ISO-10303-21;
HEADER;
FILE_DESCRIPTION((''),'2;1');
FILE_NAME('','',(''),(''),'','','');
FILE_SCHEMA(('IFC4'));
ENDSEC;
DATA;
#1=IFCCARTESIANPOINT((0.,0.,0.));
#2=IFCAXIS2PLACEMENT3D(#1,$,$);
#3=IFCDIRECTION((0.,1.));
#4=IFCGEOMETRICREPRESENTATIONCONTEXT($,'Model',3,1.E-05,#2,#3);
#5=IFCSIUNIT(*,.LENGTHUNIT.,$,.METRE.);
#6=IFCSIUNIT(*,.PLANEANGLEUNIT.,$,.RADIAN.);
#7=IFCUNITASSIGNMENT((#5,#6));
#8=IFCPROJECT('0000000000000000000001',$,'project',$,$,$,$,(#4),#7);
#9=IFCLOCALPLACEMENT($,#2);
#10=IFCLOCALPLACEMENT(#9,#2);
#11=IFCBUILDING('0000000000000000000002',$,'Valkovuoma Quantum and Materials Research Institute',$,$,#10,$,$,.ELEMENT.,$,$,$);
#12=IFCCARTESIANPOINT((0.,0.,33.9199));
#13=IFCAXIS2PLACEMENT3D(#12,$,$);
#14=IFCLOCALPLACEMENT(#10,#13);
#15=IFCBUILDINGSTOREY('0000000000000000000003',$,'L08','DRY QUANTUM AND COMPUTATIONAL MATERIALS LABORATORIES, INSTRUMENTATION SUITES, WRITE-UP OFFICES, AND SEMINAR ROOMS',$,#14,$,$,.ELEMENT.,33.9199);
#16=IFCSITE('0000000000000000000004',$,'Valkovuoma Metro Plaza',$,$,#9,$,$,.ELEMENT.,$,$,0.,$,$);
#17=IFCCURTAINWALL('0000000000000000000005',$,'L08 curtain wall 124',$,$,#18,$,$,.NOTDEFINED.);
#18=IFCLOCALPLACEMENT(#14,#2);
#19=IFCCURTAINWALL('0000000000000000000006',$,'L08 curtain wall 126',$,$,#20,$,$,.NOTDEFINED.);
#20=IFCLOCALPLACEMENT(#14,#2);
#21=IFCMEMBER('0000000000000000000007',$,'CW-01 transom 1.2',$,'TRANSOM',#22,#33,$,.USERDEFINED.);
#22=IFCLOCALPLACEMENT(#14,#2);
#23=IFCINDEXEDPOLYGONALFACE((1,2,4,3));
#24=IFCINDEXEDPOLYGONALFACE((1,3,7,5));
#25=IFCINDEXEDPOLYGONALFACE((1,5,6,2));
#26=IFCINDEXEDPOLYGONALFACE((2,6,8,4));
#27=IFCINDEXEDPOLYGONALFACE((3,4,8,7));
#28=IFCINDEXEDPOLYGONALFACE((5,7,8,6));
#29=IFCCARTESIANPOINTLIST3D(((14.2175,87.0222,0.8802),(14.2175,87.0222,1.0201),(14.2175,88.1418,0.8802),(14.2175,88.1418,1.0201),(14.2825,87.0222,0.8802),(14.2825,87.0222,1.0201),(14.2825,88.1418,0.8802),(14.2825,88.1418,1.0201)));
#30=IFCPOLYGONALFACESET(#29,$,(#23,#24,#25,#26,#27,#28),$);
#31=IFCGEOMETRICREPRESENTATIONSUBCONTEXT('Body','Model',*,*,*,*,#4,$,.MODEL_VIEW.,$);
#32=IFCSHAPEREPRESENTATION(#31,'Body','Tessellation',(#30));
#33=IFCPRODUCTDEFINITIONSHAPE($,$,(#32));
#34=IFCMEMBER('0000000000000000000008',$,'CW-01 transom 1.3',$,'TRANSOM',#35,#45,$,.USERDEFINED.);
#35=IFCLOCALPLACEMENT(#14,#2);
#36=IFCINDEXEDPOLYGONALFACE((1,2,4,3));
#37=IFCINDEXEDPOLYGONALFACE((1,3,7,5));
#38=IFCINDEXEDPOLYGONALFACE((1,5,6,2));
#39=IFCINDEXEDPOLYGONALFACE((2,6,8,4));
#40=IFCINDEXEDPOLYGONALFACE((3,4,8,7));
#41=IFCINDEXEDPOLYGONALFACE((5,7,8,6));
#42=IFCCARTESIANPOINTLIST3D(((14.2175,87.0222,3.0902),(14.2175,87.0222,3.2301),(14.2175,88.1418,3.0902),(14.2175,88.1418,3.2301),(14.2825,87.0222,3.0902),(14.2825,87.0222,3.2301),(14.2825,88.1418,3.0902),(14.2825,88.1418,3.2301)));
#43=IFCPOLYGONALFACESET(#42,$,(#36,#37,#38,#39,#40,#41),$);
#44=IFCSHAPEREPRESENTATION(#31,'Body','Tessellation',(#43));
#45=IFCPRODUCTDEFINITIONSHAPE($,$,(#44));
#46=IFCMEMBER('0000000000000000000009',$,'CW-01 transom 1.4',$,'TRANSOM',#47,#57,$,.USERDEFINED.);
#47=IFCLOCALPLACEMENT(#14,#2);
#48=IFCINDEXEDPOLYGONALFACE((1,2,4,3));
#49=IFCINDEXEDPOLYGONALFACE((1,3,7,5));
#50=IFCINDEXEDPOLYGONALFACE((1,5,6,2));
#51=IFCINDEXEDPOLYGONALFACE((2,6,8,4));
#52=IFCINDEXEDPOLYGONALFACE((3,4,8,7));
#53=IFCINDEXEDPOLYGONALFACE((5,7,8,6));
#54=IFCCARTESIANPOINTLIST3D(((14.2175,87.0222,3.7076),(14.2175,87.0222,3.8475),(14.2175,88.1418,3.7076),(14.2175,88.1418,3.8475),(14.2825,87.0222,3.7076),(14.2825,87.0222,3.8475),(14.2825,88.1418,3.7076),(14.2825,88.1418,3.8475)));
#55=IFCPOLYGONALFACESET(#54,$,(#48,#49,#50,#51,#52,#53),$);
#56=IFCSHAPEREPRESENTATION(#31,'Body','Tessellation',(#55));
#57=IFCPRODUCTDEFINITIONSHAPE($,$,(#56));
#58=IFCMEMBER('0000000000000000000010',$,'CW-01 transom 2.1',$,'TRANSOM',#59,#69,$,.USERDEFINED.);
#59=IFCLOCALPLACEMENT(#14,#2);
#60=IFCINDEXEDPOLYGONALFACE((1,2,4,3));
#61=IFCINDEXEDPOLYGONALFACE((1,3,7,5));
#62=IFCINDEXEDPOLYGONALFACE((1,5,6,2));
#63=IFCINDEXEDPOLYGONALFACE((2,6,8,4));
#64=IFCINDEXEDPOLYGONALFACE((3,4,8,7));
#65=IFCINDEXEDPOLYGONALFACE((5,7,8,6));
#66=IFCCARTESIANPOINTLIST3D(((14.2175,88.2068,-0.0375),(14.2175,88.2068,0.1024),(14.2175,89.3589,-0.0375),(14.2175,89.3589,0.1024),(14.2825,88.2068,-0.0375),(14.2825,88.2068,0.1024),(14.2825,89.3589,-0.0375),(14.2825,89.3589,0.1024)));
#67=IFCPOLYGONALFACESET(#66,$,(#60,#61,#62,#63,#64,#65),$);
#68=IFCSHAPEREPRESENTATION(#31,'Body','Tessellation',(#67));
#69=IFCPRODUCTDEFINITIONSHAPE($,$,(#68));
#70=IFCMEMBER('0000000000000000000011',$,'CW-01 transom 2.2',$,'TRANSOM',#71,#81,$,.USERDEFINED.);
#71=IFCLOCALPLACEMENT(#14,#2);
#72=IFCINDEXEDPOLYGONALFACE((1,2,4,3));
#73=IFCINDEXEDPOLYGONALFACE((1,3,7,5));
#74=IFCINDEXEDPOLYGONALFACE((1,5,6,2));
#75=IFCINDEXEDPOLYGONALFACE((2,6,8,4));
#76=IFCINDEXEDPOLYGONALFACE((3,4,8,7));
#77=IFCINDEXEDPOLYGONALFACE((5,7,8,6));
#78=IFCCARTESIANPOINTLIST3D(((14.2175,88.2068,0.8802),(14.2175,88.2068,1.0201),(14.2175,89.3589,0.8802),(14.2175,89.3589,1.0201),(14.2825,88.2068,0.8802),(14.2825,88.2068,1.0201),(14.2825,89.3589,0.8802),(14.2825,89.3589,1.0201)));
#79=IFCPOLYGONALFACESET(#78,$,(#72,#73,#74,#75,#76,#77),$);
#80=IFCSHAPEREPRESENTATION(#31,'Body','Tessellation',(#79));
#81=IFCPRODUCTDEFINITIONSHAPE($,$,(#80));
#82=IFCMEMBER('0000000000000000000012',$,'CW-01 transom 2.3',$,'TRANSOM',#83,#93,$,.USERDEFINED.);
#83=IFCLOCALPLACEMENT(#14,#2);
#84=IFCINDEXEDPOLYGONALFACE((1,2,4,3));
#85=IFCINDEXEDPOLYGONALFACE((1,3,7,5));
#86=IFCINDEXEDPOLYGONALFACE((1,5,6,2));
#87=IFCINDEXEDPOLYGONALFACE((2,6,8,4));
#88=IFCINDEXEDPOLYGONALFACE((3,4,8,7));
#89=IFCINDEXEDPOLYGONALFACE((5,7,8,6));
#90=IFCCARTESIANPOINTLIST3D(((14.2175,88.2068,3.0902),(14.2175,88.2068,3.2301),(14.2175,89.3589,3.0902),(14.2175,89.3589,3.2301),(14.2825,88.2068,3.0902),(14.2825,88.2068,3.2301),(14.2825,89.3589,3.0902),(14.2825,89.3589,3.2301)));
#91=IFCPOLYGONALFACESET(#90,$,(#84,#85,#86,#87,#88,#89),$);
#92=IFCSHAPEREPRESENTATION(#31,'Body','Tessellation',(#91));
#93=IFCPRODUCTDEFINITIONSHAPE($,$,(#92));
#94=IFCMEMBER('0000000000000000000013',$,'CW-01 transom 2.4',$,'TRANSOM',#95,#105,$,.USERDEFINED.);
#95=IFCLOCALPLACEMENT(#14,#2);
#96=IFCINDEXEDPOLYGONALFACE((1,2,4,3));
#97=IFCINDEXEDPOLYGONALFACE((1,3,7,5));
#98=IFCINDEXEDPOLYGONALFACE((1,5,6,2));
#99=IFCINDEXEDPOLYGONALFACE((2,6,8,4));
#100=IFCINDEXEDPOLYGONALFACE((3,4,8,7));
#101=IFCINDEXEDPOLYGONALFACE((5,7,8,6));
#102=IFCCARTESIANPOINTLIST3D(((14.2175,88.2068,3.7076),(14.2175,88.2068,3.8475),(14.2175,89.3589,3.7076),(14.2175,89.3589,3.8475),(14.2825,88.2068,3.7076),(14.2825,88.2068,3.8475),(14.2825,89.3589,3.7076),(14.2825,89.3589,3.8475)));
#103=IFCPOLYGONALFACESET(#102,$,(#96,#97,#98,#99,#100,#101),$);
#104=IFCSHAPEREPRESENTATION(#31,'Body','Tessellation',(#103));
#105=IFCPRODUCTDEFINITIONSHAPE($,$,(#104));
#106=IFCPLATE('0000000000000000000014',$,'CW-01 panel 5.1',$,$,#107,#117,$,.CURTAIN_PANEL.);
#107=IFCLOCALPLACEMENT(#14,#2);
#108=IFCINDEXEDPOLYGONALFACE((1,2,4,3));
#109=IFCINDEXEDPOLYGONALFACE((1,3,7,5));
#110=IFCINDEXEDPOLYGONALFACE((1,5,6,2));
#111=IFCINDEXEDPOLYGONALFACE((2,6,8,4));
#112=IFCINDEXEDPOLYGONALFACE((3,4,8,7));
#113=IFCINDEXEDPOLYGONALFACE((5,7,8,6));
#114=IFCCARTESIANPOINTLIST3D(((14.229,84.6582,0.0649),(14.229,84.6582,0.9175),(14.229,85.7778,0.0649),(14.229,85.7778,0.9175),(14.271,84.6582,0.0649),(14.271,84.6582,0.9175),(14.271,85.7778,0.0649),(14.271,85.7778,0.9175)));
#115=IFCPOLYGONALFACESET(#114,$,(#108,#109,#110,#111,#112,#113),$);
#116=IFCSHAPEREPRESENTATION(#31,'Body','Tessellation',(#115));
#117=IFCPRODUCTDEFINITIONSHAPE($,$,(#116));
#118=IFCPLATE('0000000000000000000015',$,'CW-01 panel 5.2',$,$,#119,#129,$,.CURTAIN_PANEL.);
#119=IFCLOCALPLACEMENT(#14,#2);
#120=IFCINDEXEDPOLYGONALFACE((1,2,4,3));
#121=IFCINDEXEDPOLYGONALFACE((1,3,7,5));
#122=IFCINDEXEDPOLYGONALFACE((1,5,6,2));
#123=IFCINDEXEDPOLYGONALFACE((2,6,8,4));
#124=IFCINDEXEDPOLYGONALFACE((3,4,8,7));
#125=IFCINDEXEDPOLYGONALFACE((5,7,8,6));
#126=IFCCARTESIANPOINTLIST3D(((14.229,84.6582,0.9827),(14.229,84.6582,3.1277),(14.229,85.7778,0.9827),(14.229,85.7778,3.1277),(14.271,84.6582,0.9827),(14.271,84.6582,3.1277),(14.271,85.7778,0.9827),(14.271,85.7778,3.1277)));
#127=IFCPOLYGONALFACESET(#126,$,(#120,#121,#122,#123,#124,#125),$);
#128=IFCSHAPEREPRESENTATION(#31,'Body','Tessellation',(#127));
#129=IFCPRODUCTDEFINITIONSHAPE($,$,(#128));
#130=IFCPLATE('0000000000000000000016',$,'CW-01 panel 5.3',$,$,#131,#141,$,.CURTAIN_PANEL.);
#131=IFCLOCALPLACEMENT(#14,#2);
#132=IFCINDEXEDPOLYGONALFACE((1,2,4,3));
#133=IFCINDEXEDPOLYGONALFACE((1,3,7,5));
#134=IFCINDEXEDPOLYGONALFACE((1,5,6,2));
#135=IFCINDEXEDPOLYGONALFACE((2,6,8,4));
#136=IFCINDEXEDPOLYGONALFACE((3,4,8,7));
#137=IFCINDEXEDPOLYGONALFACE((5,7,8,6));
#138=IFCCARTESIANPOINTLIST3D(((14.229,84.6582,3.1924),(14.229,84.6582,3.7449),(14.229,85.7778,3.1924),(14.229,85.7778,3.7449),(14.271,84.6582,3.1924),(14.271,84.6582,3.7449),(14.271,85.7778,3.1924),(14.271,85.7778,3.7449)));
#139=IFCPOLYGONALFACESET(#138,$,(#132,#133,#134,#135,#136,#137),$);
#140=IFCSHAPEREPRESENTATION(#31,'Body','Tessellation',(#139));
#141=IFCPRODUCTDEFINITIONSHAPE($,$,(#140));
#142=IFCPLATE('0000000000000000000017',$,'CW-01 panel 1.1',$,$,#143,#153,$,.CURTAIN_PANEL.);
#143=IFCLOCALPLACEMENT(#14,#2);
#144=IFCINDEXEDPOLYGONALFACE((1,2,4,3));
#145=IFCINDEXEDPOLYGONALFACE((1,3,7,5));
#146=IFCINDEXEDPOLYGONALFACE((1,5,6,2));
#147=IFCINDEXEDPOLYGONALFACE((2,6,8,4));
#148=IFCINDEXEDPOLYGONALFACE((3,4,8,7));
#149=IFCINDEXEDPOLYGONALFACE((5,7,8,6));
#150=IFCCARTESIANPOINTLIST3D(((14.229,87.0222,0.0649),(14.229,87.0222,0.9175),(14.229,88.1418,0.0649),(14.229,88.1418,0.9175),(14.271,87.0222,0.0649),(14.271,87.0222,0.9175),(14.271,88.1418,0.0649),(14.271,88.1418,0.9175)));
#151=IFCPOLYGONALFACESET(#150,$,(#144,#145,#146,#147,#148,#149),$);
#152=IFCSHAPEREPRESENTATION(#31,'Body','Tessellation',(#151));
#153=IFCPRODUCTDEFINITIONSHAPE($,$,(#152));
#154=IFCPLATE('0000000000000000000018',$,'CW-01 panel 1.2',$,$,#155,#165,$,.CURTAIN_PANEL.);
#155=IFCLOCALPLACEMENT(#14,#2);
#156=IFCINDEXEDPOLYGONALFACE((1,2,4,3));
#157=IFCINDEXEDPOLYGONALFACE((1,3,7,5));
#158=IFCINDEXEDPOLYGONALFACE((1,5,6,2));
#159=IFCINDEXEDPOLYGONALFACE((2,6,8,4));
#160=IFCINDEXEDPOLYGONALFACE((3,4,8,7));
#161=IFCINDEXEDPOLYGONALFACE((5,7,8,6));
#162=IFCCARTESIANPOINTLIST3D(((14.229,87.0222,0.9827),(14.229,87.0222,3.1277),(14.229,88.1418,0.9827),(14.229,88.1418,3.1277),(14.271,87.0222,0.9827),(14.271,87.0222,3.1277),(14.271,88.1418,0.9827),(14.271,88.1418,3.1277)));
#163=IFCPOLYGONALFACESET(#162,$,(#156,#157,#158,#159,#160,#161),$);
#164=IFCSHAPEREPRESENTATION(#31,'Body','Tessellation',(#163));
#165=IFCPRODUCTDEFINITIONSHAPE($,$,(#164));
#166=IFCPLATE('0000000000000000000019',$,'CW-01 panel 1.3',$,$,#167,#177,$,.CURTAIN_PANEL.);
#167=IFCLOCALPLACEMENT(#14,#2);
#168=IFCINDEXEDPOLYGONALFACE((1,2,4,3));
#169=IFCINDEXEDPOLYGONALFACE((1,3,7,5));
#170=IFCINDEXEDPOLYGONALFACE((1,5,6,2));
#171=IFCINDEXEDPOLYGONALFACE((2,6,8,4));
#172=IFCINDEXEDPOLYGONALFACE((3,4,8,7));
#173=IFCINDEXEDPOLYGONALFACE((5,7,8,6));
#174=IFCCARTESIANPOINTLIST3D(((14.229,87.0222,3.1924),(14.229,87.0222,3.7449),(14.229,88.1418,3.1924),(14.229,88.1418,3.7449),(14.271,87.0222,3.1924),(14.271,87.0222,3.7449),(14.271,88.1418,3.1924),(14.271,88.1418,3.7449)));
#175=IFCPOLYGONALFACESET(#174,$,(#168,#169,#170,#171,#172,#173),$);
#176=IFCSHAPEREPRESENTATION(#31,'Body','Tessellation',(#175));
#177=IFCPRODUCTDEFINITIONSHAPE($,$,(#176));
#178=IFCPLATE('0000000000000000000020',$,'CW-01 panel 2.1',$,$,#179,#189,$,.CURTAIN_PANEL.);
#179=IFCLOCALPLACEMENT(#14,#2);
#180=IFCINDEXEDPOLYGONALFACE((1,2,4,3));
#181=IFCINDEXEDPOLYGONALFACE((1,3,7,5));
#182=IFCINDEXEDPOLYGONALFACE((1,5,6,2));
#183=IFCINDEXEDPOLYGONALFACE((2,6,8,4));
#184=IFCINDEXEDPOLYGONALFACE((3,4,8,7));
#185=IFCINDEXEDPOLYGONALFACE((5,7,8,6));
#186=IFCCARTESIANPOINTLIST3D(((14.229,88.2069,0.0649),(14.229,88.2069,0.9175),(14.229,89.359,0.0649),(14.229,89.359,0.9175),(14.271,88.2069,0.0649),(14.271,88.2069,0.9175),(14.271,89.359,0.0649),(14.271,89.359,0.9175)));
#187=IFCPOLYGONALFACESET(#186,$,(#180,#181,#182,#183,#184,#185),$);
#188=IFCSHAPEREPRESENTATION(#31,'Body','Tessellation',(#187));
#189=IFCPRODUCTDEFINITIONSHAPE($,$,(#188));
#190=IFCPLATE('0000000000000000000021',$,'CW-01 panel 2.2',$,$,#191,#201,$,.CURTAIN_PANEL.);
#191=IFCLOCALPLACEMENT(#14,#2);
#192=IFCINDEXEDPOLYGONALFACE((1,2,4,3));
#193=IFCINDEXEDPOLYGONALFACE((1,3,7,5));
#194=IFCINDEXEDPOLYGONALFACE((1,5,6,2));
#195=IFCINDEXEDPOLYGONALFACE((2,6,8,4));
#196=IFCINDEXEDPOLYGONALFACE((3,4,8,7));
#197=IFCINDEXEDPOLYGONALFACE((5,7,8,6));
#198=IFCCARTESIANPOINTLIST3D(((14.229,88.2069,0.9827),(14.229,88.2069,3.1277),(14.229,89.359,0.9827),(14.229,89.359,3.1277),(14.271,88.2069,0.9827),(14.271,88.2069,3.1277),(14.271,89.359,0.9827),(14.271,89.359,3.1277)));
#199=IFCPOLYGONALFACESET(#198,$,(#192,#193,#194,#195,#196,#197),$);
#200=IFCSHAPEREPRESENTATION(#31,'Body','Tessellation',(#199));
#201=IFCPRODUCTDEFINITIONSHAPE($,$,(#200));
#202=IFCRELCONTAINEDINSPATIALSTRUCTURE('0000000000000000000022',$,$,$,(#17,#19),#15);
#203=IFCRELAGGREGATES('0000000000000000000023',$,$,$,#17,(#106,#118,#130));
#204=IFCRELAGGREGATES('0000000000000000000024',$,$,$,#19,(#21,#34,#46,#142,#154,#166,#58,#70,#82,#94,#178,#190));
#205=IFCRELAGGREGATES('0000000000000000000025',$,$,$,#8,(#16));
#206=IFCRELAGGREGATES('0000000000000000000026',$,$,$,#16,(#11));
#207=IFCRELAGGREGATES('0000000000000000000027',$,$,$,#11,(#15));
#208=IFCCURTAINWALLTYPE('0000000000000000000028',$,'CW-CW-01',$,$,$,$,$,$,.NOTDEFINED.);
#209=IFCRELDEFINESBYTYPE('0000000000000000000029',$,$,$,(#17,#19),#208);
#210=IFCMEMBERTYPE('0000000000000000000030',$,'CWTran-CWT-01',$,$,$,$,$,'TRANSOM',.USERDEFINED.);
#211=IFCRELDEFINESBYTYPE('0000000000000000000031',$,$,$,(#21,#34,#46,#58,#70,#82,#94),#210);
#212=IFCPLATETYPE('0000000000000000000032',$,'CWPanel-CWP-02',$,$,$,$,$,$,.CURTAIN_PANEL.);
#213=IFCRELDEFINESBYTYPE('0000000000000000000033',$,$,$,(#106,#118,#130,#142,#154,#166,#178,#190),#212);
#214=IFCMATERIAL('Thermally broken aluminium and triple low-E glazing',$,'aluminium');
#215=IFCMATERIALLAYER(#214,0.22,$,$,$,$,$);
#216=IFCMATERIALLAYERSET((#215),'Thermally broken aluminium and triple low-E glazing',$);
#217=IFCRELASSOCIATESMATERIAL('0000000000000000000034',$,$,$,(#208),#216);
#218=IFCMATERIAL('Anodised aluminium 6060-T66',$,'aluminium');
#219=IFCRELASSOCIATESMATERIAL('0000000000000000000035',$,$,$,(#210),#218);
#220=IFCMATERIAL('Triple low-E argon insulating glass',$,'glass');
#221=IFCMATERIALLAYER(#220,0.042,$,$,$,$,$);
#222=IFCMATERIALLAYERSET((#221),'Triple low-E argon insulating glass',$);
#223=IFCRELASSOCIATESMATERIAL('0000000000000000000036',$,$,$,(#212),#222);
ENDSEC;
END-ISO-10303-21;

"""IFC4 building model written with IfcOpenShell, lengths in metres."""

from ifc_helpers import new_model, si_unit, direction, frame, origin, origin_2d, place, context, subcontext, project, spatial, rectangle, extrude, material, layer, layer_set, material_profile, profile_set, type_object, element, aggregate, save


model = new_model("IFC4")

# Units and contexts
model_context = context("Model", 3, precision=1e-05, world=origin(), true_north=direction((0.0, 1.0)))
body_context = subcontext(model_context, "Body", "Model", "MODEL_VIEW")
ifc_project = project(units=[si_unit("LENGTHUNIT", "METRE"), si_unit("PLANEANGLEUNIT", "RADIAN")], contexts=[model_context])

# Site, building, storey
site_placement = place(None, origin())
site = spatial("IfcSite", under=ifc_project, at=site_placement, Name="Valkovuoma Metro Plaza", CompositionType="ELEMENT", RefElevation=0.0)
building_placement = place(site_placement, origin())
building = spatial("IfcBuilding", under=site, at=building_placement, Name="Valkovuoma Quantum and Materials Research Institute", CompositionType="ELEMENT")
storey_placement = place(building_placement, frame((0.0, 0.0, 33.9199)))
storey = spatial("IfcBuildingStorey", under=building, at=storey_placement, Name="L08", Description="DRY QUANTUM AND COMPUTATIONAL MATERIALS LABORATORIES, INSTRUMENTATION SUITES, WRITE-UP OFFICES, AND SEMINAR ROOMS", CompositionType="ELEMENT", Elevation=33.9199)

# Curtain wall
ifc_material_1 = material(Name="Thermally broken aluminium and triple low-E glazing", Category="aluminium")
ifc_layer_1 = layer(ifc_material_1, 0.22)
ifc_layer_set_1 = layer_set([ifc_layer_1], Name="Thermally broken aluminium and triple low-E glazing")
curtain_wall_type = type_object("IfcCurtainWallType", Name="CW-CW-01", PredefinedType="NOTDEFINED", material=ifc_layer_set_1)
curtain_wall_1_placement = place(storey_placement, origin())
curtain_wall_1 = element("IfcCurtainWall", 1, at=curtain_wall_1_placement, inside=storey, type_object=curtain_wall_type, Name="L08 curtain wall 124", PredefinedType="NOTDEFINED")

# Curtain wall
curtain_wall_2_placement = place(storey_placement, origin())
curtain_wall_2 = element("IfcCurtainWall", 2, at=curtain_wall_2_placement, inside=storey, type_object=curtain_wall_type, Name="L08 curtain wall 126", PredefinedType="NOTDEFINED")

# Members
ifc_material_2 = material(Name="Anodised aluminium 6060-T66", Category="aluminium")
ifc_material_profile_1 = material_profile(ifc_material_2, rectangle(XDim=0.0649, YDim=0.1399, at=origin_2d()), Name="Anodised aluminium 6060-T66")
ifc_profile_set_1 = profile_set([ifc_material_profile_1], Name="Anodised aluminium 6060-T66")
member_type_1 = type_object("IfcMemberType", Name="CWTran-CWT-01", ElementType="TRANSOM", PredefinedType="USERDEFINED", material=ifc_profile_set_1)
member_1_placement = place(storey_placement, frame((14.25, 87.0222, 0.9502), z_axis=(0.0, 1.0, 0.0), x_axis=(-1.0, 0.0, 0.0)))
member_1 = element("IfcMember", 3, at=member_1_placement, type_object=member_type_1, Name="CW-01 transom 1.2", ObjectType="TRANSOM", PredefinedType="USERDEFINED", context=body_context, shape_type="SweptSolid", body=[
    extrude(rectangle(XDim=0.0649, YDim=0.1399, at=origin_2d()), origin(), (0.0, 0.0, 1.0), 1.1196),
])
member_2_placement = place(storey_placement, frame((14.25, 87.0222, 3.1602), z_axis=(0.0, 1.0, 0.0), x_axis=(-1.0, 0.0, 0.0)))
member_2 = element("IfcMember", 4, at=member_2_placement, type_object=member_type_1, Name="CW-01 transom 1.3", ObjectType="TRANSOM", PredefinedType="USERDEFINED", context=body_context, shape_type="SweptSolid", body=[
    extrude(rectangle(XDim=0.0649, YDim=0.1399, at=origin_2d()), origin(), (0.0, 0.0, 1.0), 1.1196),
])
member_3_placement = place(storey_placement, frame((14.25, 87.0222, 3.7776), z_axis=(0.0, 1.0, 0.0), x_axis=(-1.0, 0.0, 0.0)))
member_3 = element("IfcMember", 5, at=member_3_placement, type_object=member_type_1, Name="CW-01 transom 1.4", ObjectType="TRANSOM", PredefinedType="USERDEFINED", context=body_context, shape_type="SweptSolid", body=[
    extrude(rectangle(XDim=0.0649, YDim=0.1399, at=origin_2d()), origin(), (0.0, 0.0, 1.0), 1.1196),
])
member_4_placement = place(storey_placement, frame((14.25, 88.2068, 0.0325), z_axis=(0.0, 1.0, 0.0), x_axis=(-1.0, 0.0, 0.0)))
member_4 = element("IfcMember", 6, at=member_4_placement, type_object=member_type_1, Name="CW-01 transom 2.1", ObjectType="TRANSOM", PredefinedType="USERDEFINED", context=body_context, shape_type="SweptSolid", body=[
    extrude(rectangle(XDim=0.0649, YDim=0.1399, at=origin_2d()), origin(), (0.0, 0.0, 1.0), 1.1521),
])
member_5_placement = place(storey_placement, frame((14.25, 88.2068, 0.9502), z_axis=(0.0, 1.0, 0.0), x_axis=(-1.0, 0.0, 0.0)))
member_5 = element("IfcMember", 7, at=member_5_placement, type_object=member_type_1, Name="CW-01 transom 2.2", ObjectType="TRANSOM", PredefinedType="USERDEFINED", context=body_context, shape_type="SweptSolid", body=[
    extrude(rectangle(XDim=0.0649, YDim=0.1399, at=origin_2d()), origin(), (0.0, 0.0, 1.0), 1.1521),
])
member_6_placement = place(storey_placement, frame((14.25, 88.2068, 3.1602), z_axis=(0.0, 1.0, 0.0), x_axis=(-1.0, 0.0, 0.0)))
member_6 = element("IfcMember", 8, at=member_6_placement, type_object=member_type_1, Name="CW-01 transom 2.3", ObjectType="TRANSOM", PredefinedType="USERDEFINED", context=body_context, shape_type="SweptSolid", body=[
    extrude(rectangle(XDim=0.0649, YDim=0.1399, at=origin_2d()), origin(), (0.0, 0.0, 1.0), 1.1521),
])
member_7_placement = place(storey_placement, frame((14.25, 88.2068, 3.7776), z_axis=(0.0, 1.0, 0.0), x_axis=(-1.0, 0.0, 0.0)))
member_7 = element("IfcMember", 9, at=member_7_placement, type_object=member_type_1, Name="CW-01 transom 2.4", ObjectType="TRANSOM", PredefinedType="USERDEFINED", context=body_context, shape_type="SweptSolid", body=[
    extrude(rectangle(XDim=0.0649, YDim=0.1399, at=origin_2d()), origin(), (0.0, 0.0, 1.0), 1.1521),
])

# Plates
ifc_material_3 = material(Name="Triple low-E argon insulating glass", Category="glass")
ifc_layer_2 = layer(ifc_material_3, 0.042)
ifc_layer_set_2 = layer_set([ifc_layer_2], Name="Triple low-E argon insulating glass")
plate_type = type_object("IfcPlateType", Name="CWPanel-CWP-02", PredefinedType="CURTAIN_PANEL", material=ifc_layer_set_2)
plate_1_placement = place(storey_placement, frame((14.25, 85.218, 0.0649), z_axis=(0.0, 0.0, 1.0), x_axis=(0.0, 1.0, 0.0)))
plate_1 = element("IfcPlate", 10, at=plate_1_placement, type_object=plate_type, Name="CW-01 panel 5.1", PredefinedType="CURTAIN_PANEL", context=body_context, shape_type="SweptSolid", body=[
    extrude(rectangle(XDim=1.1196, YDim=0.042, at=origin_2d()), origin(), (0.0, 0.0, 1.0), 0.8525),
])
plate_2_placement = place(storey_placement, frame((14.25, 85.218, 0.9827), z_axis=(0.0, 0.0, 1.0), x_axis=(0.0, 1.0, 0.0)))
plate_2 = element("IfcPlate", 11, at=plate_2_placement, type_object=plate_type, Name="CW-01 panel 5.2", PredefinedType="CURTAIN_PANEL", context=body_context, shape_type="SweptSolid", body=[
    extrude(rectangle(XDim=1.1196, YDim=0.042, at=origin_2d()), origin(), (0.0, 0.0, 1.0), 2.145),
])
plate_3_placement = place(storey_placement, frame((14.25, 85.218, 3.1924), z_axis=(0.0, 0.0, 1.0), x_axis=(0.0, 1.0, 0.0)))
plate_3 = element("IfcPlate", 12, at=plate_3_placement, type_object=plate_type, Name="CW-01 panel 5.3", PredefinedType="CURTAIN_PANEL", context=body_context, shape_type="SweptSolid", body=[
    extrude(rectangle(XDim=1.1196, YDim=0.042, at=origin_2d()), origin(), (0.0, 0.0, 1.0), 0.5525),
])
aggregate(curtain_wall_1, [plate_1, plate_2, plate_3])
plate_4_placement = place(storey_placement, frame((14.25, 87.582, 0.0649), z_axis=(0.0, 0.0, 1.0), x_axis=(0.0, 1.0, 0.0)))
plate_4 = element("IfcPlate", 13, at=plate_4_placement, type_object=plate_type, Name="CW-01 panel 1.1", PredefinedType="CURTAIN_PANEL", context=body_context, shape_type="SweptSolid", body=[
    extrude(rectangle(XDim=1.1196, YDim=0.042, at=origin_2d()), origin(), (0.0, 0.0, 1.0), 0.8525),
])
plate_5_placement = place(storey_placement, frame((14.25, 87.582, 0.9827), z_axis=(0.0, 0.0, 1.0), x_axis=(0.0, 1.0, 0.0)))
plate_5 = element("IfcPlate", 14, at=plate_5_placement, type_object=plate_type, Name="CW-01 panel 1.2", PredefinedType="CURTAIN_PANEL", context=body_context, shape_type="SweptSolid", body=[
    extrude(rectangle(XDim=1.1196, YDim=0.042, at=origin_2d()), origin(), (0.0, 0.0, 1.0), 2.145),
])
plate_6_placement = place(storey_placement, frame((14.25, 87.582, 3.1924), z_axis=(0.0, 0.0, 1.0), x_axis=(0.0, 1.0, 0.0)))
plate_6 = element("IfcPlate", 15, at=plate_6_placement, type_object=plate_type, Name="CW-01 panel 1.3", PredefinedType="CURTAIN_PANEL", context=body_context, shape_type="SweptSolid", body=[
    extrude(rectangle(XDim=1.1196, YDim=0.042, at=origin_2d()), origin(), (0.0, 0.0, 1.0), 0.5525),
])
plate_7_placement = place(storey_placement, frame((14.25, 88.783, 0.0649), z_axis=(0.0, 0.0, 1.0), x_axis=(0.0, 1.0, 0.0)))
plate_7 = element("IfcPlate", 16, at=plate_7_placement, type_object=plate_type, Name="CW-01 panel 2.1", PredefinedType="CURTAIN_PANEL", context=body_context, shape_type="SweptSolid", body=[
    extrude(rectangle(XDim=1.1521, YDim=0.042, at=origin_2d()), origin(), (0.0, 0.0, 1.0), 0.8525),
])
plate_8_placement = place(storey_placement, frame((14.25, 88.783, 0.9827), z_axis=(0.0, 0.0, 1.0), x_axis=(0.0, 1.0, 0.0)))
plate_8 = element("IfcPlate", 17, at=plate_8_placement, type_object=plate_type, Name="CW-01 panel 2.2", PredefinedType="CURTAIN_PANEL", context=body_context, shape_type="SweptSolid", body=[
    extrude(rectangle(XDim=1.1521, YDim=0.042, at=origin_2d()), origin(), (0.0, 0.0, 1.0), 2.145),
])
aggregate(curtain_wall_2, [member_1, member_2, member_3, plate_4, plate_5, plate_6, member_4, member_5, member_6, member_7, plate_7, plate_8])

save(model, "model.ifc")
